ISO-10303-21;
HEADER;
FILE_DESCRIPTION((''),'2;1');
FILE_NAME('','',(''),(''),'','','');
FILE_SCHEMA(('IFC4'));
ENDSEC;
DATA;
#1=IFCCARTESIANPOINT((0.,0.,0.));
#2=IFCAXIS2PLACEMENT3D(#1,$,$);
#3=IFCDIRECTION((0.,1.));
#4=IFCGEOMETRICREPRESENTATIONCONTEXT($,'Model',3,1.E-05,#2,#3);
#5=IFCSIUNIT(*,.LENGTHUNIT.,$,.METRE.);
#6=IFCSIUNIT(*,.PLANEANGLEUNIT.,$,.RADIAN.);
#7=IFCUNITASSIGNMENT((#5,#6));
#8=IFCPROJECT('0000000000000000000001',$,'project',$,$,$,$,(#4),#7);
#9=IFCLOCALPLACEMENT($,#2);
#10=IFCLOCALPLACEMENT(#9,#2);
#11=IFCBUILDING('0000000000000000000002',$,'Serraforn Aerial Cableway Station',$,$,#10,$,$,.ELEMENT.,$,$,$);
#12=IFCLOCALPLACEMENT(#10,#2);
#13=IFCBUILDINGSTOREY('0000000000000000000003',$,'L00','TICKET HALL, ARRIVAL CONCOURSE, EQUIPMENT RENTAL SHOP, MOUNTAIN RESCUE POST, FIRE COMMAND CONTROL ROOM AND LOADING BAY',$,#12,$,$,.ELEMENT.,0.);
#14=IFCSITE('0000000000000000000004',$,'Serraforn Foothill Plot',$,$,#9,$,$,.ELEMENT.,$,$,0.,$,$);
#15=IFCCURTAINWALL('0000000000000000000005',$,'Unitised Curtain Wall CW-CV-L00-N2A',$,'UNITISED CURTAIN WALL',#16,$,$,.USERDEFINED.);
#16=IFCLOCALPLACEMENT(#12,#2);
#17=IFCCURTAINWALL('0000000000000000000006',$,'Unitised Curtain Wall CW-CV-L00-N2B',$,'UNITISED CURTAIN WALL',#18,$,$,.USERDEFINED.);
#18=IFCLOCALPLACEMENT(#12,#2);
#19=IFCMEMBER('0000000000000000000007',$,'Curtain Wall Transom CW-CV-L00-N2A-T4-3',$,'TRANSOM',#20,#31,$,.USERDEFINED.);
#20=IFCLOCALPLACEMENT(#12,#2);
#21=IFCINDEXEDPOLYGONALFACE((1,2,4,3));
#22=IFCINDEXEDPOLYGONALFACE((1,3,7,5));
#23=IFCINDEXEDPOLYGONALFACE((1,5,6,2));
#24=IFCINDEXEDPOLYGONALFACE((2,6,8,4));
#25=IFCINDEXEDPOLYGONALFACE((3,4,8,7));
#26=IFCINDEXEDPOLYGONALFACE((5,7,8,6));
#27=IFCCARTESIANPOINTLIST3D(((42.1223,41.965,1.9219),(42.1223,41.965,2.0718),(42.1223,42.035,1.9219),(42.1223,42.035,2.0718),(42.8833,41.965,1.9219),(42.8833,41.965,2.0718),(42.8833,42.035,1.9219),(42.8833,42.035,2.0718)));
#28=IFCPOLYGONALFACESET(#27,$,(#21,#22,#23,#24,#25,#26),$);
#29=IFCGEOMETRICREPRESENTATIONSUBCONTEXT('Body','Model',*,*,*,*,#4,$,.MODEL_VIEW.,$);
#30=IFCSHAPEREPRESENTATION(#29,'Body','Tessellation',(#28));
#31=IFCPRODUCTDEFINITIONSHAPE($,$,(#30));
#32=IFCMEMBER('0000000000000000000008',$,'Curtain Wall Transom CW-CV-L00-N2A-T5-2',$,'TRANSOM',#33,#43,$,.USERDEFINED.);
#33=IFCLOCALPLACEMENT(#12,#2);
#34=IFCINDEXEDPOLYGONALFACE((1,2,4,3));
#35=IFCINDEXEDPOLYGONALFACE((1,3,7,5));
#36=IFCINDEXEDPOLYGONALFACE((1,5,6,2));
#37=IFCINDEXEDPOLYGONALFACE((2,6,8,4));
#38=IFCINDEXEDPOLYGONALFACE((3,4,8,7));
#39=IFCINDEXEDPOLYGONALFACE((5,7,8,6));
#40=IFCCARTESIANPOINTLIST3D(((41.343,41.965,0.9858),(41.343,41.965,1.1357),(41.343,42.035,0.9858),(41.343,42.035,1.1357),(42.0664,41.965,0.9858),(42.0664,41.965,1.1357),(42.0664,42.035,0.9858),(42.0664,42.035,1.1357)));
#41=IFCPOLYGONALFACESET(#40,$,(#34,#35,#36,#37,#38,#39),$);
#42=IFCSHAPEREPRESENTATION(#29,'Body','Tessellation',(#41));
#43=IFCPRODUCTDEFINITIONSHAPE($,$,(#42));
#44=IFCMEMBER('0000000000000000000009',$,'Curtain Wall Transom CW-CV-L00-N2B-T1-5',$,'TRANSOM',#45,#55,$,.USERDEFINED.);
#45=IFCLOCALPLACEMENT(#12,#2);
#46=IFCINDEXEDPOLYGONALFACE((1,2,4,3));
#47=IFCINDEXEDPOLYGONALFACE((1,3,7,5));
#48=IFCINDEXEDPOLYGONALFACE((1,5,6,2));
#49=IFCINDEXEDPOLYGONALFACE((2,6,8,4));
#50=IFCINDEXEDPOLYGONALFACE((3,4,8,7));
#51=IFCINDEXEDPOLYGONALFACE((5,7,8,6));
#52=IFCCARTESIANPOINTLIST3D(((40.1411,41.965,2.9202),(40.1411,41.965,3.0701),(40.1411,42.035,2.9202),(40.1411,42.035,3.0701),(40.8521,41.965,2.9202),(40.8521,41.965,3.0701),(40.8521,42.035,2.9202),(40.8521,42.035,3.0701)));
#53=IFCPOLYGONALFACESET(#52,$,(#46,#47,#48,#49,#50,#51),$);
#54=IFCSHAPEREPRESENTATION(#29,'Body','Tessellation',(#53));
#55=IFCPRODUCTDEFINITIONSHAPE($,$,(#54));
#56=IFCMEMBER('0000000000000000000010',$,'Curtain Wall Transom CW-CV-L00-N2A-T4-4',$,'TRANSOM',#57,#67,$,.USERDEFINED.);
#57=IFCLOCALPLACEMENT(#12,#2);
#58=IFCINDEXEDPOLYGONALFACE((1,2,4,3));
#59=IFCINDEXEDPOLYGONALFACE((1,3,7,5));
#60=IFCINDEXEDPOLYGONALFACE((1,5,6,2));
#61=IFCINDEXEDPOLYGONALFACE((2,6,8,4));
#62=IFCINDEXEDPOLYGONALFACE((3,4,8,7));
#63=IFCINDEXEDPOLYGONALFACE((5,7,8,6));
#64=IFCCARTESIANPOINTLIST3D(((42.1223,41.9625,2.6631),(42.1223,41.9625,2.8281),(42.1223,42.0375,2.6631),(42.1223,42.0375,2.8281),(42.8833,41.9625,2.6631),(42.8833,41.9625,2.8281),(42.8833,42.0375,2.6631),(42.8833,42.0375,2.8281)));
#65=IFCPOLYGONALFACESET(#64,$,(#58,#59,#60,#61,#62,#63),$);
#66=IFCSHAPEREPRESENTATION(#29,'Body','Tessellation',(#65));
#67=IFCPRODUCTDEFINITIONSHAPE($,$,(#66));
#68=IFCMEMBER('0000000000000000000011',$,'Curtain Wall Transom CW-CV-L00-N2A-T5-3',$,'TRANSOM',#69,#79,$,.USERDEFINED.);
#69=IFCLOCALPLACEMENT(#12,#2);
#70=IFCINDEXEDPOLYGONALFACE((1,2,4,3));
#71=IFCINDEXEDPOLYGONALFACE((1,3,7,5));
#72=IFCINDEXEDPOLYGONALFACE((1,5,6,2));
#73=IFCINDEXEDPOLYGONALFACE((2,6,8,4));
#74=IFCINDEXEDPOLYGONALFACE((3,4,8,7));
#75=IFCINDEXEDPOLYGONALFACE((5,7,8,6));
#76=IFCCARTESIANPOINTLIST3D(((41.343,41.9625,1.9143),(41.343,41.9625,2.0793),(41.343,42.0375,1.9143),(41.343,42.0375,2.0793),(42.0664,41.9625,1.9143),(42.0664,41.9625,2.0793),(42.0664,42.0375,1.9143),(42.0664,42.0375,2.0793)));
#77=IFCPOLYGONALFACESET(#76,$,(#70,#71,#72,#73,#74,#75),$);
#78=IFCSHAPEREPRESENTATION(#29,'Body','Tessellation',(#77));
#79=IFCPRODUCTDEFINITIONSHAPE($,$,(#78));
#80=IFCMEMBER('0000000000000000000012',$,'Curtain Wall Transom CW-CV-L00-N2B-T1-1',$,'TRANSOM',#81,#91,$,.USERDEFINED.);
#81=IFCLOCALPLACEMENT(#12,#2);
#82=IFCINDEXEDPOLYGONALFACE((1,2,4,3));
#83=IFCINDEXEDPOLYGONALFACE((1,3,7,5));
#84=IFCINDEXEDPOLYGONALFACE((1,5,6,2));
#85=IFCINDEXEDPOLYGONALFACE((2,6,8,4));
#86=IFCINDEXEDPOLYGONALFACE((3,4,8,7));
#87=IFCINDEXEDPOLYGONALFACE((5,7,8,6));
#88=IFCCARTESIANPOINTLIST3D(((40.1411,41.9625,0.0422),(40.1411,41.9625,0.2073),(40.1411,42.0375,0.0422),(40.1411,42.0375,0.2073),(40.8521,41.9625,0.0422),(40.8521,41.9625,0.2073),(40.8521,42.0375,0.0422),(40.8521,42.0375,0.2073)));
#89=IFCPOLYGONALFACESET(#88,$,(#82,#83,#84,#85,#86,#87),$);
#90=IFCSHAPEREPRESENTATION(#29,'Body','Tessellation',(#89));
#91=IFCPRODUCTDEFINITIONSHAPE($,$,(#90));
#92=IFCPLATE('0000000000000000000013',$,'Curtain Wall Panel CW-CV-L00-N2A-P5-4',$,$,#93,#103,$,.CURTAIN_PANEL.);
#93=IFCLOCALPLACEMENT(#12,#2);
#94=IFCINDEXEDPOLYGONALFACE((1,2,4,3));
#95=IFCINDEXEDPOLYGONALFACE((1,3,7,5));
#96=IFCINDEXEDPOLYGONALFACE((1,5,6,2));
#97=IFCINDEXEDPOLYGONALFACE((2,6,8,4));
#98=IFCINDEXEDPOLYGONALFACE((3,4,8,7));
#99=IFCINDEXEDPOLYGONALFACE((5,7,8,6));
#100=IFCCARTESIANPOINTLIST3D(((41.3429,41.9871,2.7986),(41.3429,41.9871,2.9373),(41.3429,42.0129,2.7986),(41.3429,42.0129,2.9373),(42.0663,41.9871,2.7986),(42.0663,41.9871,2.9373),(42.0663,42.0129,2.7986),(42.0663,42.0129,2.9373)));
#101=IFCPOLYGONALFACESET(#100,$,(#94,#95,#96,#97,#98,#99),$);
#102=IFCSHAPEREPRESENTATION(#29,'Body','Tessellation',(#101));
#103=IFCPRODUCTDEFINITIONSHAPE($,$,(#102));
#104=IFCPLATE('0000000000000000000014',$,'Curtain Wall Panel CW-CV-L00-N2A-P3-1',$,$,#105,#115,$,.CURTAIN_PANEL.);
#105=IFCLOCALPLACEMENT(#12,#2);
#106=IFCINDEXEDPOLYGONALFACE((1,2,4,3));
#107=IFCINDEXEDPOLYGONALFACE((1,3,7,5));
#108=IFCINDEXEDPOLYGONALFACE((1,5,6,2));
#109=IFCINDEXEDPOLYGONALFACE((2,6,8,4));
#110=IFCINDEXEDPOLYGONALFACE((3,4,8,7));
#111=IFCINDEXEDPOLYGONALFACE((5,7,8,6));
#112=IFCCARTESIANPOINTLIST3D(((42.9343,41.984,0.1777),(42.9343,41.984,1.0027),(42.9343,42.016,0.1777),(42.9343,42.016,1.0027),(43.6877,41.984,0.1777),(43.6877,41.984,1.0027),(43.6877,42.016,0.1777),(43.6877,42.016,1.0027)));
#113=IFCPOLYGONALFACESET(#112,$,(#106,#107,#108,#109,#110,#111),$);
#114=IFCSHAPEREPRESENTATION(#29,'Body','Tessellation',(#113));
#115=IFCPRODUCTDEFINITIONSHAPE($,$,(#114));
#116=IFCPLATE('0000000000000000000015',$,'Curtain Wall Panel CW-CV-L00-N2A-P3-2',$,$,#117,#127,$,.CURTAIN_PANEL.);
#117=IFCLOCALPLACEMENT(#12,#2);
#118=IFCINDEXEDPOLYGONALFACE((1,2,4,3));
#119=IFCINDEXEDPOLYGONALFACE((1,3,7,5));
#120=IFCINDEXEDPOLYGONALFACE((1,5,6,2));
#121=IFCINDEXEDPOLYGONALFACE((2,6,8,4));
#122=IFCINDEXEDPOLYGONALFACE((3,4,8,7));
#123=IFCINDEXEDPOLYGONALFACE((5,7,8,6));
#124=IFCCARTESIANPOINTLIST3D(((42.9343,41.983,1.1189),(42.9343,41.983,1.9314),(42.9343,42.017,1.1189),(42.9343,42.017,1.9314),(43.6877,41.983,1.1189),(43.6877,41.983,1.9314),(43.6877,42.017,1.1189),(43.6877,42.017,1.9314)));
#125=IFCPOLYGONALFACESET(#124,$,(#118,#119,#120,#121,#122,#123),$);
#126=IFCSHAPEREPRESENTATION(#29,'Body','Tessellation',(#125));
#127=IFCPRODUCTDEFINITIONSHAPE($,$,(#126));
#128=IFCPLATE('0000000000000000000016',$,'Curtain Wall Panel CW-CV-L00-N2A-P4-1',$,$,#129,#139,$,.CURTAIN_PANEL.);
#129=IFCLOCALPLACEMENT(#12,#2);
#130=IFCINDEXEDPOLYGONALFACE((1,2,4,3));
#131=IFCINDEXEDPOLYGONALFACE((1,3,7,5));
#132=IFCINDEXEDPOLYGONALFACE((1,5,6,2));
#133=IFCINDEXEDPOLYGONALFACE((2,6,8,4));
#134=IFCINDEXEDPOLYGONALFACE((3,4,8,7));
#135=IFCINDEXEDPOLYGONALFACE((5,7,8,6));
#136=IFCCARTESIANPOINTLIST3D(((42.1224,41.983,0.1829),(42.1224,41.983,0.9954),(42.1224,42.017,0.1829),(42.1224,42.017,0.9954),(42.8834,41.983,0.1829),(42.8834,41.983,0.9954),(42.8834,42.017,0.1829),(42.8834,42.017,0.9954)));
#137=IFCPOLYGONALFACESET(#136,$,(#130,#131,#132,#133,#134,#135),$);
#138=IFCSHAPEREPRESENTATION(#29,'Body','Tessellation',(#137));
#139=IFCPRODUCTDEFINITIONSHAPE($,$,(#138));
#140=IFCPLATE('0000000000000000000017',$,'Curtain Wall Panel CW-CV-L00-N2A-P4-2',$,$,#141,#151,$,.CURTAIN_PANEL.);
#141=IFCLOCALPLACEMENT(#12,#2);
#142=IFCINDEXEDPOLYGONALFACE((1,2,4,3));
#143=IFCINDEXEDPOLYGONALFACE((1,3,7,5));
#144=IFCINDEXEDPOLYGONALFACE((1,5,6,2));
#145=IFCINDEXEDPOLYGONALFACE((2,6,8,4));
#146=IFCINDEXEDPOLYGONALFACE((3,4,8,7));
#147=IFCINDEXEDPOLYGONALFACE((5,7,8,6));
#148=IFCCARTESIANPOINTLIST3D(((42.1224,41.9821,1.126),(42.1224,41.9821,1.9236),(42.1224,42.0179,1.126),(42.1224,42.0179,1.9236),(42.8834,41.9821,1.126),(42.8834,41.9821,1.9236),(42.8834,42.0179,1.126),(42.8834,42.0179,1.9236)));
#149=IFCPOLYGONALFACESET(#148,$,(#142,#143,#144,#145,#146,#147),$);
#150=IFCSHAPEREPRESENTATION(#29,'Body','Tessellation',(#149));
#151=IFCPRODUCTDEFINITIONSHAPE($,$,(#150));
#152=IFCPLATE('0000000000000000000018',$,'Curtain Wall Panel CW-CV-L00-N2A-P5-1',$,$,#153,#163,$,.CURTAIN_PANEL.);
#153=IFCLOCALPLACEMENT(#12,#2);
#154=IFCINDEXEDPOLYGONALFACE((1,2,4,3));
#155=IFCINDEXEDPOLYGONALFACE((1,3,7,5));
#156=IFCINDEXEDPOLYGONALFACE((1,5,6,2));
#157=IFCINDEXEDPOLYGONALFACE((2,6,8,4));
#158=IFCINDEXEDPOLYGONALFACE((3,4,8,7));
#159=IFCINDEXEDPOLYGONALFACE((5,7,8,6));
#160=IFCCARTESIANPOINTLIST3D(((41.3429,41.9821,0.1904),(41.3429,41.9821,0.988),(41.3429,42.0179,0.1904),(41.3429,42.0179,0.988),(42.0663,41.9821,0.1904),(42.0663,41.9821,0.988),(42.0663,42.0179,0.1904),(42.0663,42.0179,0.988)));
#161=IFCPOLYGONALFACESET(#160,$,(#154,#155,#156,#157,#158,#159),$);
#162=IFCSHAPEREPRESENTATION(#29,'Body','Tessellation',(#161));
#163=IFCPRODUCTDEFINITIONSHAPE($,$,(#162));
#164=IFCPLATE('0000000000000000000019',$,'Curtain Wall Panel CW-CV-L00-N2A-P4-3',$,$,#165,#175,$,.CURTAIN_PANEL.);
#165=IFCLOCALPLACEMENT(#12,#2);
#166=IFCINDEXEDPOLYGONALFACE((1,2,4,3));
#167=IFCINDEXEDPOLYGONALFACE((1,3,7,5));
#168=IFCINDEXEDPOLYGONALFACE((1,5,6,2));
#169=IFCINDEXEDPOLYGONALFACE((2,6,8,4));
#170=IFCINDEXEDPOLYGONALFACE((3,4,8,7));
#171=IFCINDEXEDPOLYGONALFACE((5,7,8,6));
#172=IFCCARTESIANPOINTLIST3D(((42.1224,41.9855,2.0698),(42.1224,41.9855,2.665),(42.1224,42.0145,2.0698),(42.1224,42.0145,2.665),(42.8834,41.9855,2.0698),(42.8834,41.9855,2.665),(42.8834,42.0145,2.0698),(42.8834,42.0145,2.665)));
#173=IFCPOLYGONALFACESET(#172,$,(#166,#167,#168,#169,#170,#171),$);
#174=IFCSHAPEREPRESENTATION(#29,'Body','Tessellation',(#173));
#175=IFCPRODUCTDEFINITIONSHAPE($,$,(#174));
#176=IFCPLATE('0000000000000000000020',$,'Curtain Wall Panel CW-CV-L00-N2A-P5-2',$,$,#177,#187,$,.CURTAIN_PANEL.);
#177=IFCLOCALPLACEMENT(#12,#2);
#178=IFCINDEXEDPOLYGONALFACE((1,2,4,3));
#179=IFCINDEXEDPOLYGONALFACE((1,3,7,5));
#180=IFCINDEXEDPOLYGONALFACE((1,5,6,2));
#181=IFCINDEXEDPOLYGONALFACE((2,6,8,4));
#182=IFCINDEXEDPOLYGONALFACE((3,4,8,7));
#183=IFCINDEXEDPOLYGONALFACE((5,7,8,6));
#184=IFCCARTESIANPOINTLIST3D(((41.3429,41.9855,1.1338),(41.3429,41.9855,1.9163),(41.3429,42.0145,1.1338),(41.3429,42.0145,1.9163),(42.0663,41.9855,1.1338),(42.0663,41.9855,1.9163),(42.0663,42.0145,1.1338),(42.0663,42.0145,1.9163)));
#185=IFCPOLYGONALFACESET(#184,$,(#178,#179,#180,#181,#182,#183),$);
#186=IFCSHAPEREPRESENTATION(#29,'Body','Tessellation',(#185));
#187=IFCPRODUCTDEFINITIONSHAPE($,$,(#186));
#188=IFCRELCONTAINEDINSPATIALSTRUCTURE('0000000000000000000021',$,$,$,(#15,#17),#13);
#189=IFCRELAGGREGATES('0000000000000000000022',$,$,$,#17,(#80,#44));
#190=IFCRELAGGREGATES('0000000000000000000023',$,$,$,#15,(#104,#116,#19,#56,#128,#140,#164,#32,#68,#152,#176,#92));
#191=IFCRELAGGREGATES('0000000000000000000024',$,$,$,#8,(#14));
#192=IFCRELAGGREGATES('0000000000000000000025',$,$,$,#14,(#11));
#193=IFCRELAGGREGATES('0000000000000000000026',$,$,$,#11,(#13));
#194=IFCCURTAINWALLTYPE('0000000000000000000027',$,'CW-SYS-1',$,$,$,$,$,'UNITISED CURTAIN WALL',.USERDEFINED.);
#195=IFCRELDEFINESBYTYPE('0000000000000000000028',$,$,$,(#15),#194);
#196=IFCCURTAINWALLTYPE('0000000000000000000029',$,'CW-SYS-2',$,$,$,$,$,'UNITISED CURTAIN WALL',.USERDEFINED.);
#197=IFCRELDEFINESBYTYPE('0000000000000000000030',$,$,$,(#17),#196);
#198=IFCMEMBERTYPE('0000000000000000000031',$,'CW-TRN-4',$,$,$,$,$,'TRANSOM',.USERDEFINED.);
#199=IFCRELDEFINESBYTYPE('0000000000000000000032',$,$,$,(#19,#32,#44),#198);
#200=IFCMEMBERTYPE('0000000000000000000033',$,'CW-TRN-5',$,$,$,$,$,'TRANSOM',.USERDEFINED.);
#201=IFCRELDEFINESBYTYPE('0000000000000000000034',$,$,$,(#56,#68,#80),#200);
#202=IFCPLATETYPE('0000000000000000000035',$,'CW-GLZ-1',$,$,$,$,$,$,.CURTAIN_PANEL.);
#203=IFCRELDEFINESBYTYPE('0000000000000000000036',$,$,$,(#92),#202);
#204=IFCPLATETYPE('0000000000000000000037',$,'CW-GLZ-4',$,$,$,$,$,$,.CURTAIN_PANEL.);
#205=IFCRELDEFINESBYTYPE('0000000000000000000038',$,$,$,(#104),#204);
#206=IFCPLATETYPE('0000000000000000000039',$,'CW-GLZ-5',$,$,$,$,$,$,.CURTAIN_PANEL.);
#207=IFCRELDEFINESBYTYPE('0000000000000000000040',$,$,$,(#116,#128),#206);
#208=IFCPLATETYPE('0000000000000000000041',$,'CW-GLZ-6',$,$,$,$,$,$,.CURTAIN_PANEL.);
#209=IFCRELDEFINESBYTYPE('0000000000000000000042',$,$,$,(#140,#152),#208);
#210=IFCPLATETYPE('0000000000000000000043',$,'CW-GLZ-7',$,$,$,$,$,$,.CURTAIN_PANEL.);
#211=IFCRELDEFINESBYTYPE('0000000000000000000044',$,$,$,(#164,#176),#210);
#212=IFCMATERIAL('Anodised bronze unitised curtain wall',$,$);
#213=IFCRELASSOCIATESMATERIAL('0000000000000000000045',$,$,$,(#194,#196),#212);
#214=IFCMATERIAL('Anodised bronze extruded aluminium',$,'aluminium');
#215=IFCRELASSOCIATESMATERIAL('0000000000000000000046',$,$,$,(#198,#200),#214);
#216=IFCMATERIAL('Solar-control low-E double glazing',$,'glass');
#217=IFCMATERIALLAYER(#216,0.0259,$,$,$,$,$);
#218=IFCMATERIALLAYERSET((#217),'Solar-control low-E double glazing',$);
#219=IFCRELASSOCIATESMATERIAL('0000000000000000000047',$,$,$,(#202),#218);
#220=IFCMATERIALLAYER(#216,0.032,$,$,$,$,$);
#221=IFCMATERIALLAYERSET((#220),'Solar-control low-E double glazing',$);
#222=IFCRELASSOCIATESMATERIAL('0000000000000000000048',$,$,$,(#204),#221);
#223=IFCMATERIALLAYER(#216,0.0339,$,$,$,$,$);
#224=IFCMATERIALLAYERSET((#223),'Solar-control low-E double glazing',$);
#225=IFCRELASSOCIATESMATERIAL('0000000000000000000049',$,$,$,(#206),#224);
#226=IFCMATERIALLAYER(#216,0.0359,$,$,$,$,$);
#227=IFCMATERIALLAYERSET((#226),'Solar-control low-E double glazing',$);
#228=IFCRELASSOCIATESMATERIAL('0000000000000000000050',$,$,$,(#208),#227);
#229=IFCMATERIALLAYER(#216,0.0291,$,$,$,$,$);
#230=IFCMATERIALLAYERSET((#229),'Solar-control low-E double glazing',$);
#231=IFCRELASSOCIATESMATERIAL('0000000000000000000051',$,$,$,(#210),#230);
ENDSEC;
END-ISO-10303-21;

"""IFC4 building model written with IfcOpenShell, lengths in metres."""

from ifc_helpers import new_model, si_unit, direction, frame, origin, origin_2d, place, context, subcontext, project, spatial, rectangle, extrude, material, layer, layer_set, material_profile, profile_set, type_object, element, aggregate, save


model = new_model("IFC4")

# Units and contexts
model_context = context("Model", 3, precision=1e-05, world=origin(), true_north=direction((0.0, 1.0)))
body_context = subcontext(model_context, "Body", "Model", "MODEL_VIEW")
ifc_project = project(units=[si_unit("LENGTHUNIT", "METRE"), si_unit("PLANEANGLEUNIT", "RADIAN")], contexts=[model_context])

# Site, building, storey
site_placement = place(None, origin())
site = spatial("IfcSite", under=ifc_project, at=site_placement, Name="Serraforn Foothill Plot", CompositionType="ELEMENT", RefElevation=0.0)
building_placement = place(site_placement, origin())
building = spatial("IfcBuilding", under=site, at=building_placement, Name="Serraforn Aerial Cableway Station", CompositionType="ELEMENT")
storey_placement = place(building_placement, origin())
storey = spatial("IfcBuildingStorey", under=building, at=storey_placement, Name="L00", Description="TICKET HALL, ARRIVAL CONCOURSE, EQUIPMENT RENTAL SHOP, MOUNTAIN RESCUE POST, FIRE COMMAND CONTROL ROOM AND LOADING BAY", CompositionType="ELEMENT", Elevation=0.0)

# Curtain wall
ifc_material_1 = material(Name="Anodised bronze unitised curtain wall")
curtain_wall_type_1 = type_object("IfcCurtainWallType", Name="CW-SYS-1", ElementType="UNITISED CURTAIN WALL", PredefinedType="USERDEFINED", material=ifc_material_1)
curtain_wall_1_placement = place(storey_placement, origin())
curtain_wall_1 = element("IfcCurtainWall", 1, at=curtain_wall_1_placement, inside=storey, type_object=curtain_wall_type_1, Name="Unitised Curtain Wall CW-CV-L00-N2A", ObjectType="UNITISED CURTAIN WALL", PredefinedType="USERDEFINED")
ifc_material_2 = material(Name="Anodised bronze extruded aluminium", Category="aluminium")

# Curtain wall
curtain_wall_type_2 = type_object("IfcCurtainWallType", Name="CW-SYS-2", ElementType="UNITISED CURTAIN WALL", PredefinedType="USERDEFINED", material=ifc_material_1)
curtain_wall_2_placement = place(storey_placement, origin())
curtain_wall_2 = element("IfcCurtainWall", 2, at=curtain_wall_2_placement, inside=storey, type_object=curtain_wall_type_2, Name="Unitised Curtain Wall CW-CV-L00-N2B", ObjectType="UNITISED CURTAIN WALL", PredefinedType="USERDEFINED")

# Members
ifc_material_profile_1 = material_profile(ifc_material_2, rectangle(XDim=0.0701, YDim=0.1499, at=origin_2d()), Name="CW TRANSOM 70x150")
ifc_profile_set_1 = profile_set([ifc_material_profile_1], Name="Anodised bronze extruded aluminium")
member_type_1 = type_object("IfcMemberType", Name="CW-TRN-4", ElementType="TRANSOM", PredefinedType="USERDEFINED", material=ifc_profile_set_1)
member_1_placement = place(storey_placement, frame((42.8833, 42.0, 1.9968), z_axis=(-1.0, 0.0, 0.0), x_axis=(0.0, -1.0, 0.0)))
member_1 = element("IfcMember", 3, at=member_1_placement, type_object=member_type_1, Name="Curtain Wall Transom CW-CV-L00-N2A-T4-3", ObjectType="TRANSOM", PredefinedType="USERDEFINED", context=body_context, shape_type="SweptSolid", body=[
    extrude(rectangle(XDim=0.0701, YDim=0.1499, at=origin_2d()), origin(), (0.0, 0.0, 1.0), 0.761),
])
member_2_placement = place(storey_placement, frame((42.0664, 42.0, 1.0608), z_axis=(-1.0, 0.0, 0.0), x_axis=(0.0, -1.0, 0.0)))
member_2 = element("IfcMember", 4, at=member_2_placement, type_object=member_type_1, Name="Curtain Wall Transom CW-CV-L00-N2A-T5-2", ObjectType="TRANSOM", PredefinedType="USERDEFINED", context=body_context, shape_type="SweptSolid", body=[
    extrude(rectangle(XDim=0.0701, YDim=0.1499, at=origin_2d()), origin(), (0.0, 0.0, 1.0), 0.7234),
])
member_3_placement = place(storey_placement, frame((40.8521, 42.0, 2.9951), z_axis=(-1.0, 0.0, 0.0), x_axis=(0.0, -1.0, 0.0)))
member_3 = element("IfcMember", 5, at=member_3_placement, type_object=member_type_1, Name="Curtain Wall Transom CW-CV-L00-N2B-T1-5", ObjectType="TRANSOM", PredefinedType="USERDEFINED", context=body_context, shape_type="SweptSolid", body=[
    extrude(rectangle(XDim=0.0701, YDim=0.1499, at=origin_2d()), origin(), (0.0, 0.0, 1.0), 0.7109),
])
ifc_material_profile_2 = material_profile(ifc_material_2, rectangle(XDim=0.075, YDim=0.165, at=origin_2d()), Name="CW TRANSOM 75x165")
ifc_profile_set_2 = profile_set([ifc_material_profile_2], Name="Anodised bronze extruded aluminium")
member_type_2 = type_object("IfcMemberType", Name="CW-TRN-5", ElementType="TRANSOM", PredefinedType="USERDEFINED", material=ifc_profile_set_2)
member_4_placement = place(storey_placement, frame((42.8833, 42.0, 2.7456), z_axis=(-1.0, 0.0, 0.0), x_axis=(0.0, -1.0, 0.0)))
member_4 = element("IfcMember", 6, at=member_4_placement, type_object=member_type_2, Name="Curtain Wall Transom CW-CV-L00-N2A-T4-4", ObjectType="TRANSOM", PredefinedType="USERDEFINED", context=body_context, shape_type="SweptSolid", body=[
    extrude(rectangle(XDim=0.075, YDim=0.165, at=origin_2d()), origin(), (0.0, 0.0, 1.0), 0.761),
])
member_5_placement = place(storey_placement, frame((42.0664, 42.0, 1.9968), z_axis=(-1.0, 0.0, 0.0), x_axis=(0.0, -1.0, 0.0)))
member_5 = element("IfcMember", 7, at=member_5_placement, type_object=member_type_2, Name="Curtain Wall Transom CW-CV-L00-N2A-T5-3", ObjectType="TRANSOM", PredefinedType="USERDEFINED", context=body_context, shape_type="SweptSolid", body=[
    extrude(rectangle(XDim=0.075, YDim=0.165, at=origin_2d()), origin(), (0.0, 0.0, 1.0), 0.7234),
])
member_6_placement = place(storey_placement, frame((40.8521, 42.0, 0.1248), z_axis=(-1.0, 0.0, 0.0), x_axis=(0.0, -1.0, 0.0)))
member_6 = element("IfcMember", 8, at=member_6_placement, type_object=member_type_2, Name="Curtain Wall Transom CW-CV-L00-N2B-T1-1", ObjectType="TRANSOM", PredefinedType="USERDEFINED", context=body_context, shape_type="SweptSolid", body=[
    extrude(rectangle(XDim=0.075, YDim=0.165, at=origin_2d()), origin(), (0.0, 0.0, 1.0), 0.7109),
])
aggregate(curtain_wall_2, [member_6, member_3])

# Plates
ifc_material_3 = material(Name="Solar-control low-E double glazing", Category="glass")
ifc_layer_1 = layer(ifc_material_3, 0.0259)
ifc_layer_set_1 = layer_set([ifc_layer_1], Name="Solar-control low-E double glazing")
plate_type_1 = type_object("IfcPlateType", Name="CW-GLZ-1", PredefinedType="CURTAIN_PANEL", material=ifc_layer_set_1)
plate_1_placement = place(storey_placement, frame((41.7046, 42.0, 2.7986), z_axis=(0.0, 0.0, 1.0), x_axis=(1.0, 0.0, 0.0)))
plate_1 = element("IfcPlate", 9, at=plate_1_placement, type_object=plate_type_1, Name="Curtain Wall Panel CW-CV-L00-N2A-P5-4", PredefinedType="CURTAIN_PANEL", context=body_context, shape_type="SweptSolid", body=[
    extrude(rectangle(XDim=0.7234, YDim=0.0259, at=origin_2d()), origin(), (0.0, 0.0, 1.0), 0.1387),
])
ifc_layer_2 = layer(ifc_material_3, 0.032)
ifc_layer_set_2 = layer_set([ifc_layer_2], Name="Solar-control low-E double glazing")
plate_type_2 = type_object("IfcPlateType", Name="CW-GLZ-4", PredefinedType="CURTAIN_PANEL", material=ifc_layer_set_2)
plate_2_placement = place(storey_placement, frame((43.311, 42.0, 0.1777), z_axis=(0.0, 0.0, 1.0), x_axis=(1.0, 0.0, 0.0)))
plate_2 = element("IfcPlate", 10, at=plate_2_placement, type_object=plate_type_2, Name="Curtain Wall Panel CW-CV-L00-N2A-P3-1", PredefinedType="CURTAIN_PANEL", context=body_context, shape_type="SweptSolid", body=[
    extrude(rectangle(XDim=0.7534, YDim=0.032, at=origin_2d()), origin(), (0.0, 0.0, 1.0), 0.825),
])
ifc_layer_3 = layer(ifc_material_3, 0.0339)
ifc_layer_set_3 = layer_set([ifc_layer_3], Name="Solar-control low-E double glazing")
plate_type_3 = type_object("IfcPlateType", Name="CW-GLZ-5", PredefinedType="CURTAIN_PANEL", material=ifc_layer_set_3)
plate_3_placement = place(storey_placement, frame((43.311, 42.0, 1.1189), z_axis=(0.0, 0.0, 1.0), x_axis=(1.0, 0.0, 0.0)))
plate_3 = element("IfcPlate", 11, at=plate_3_placement, type_object=plate_type_3, Name="Curtain Wall Panel CW-CV-L00-N2A-P3-2", PredefinedType="CURTAIN_PANEL", context=body_context, shape_type="SweptSolid", body=[
    extrude(rectangle(XDim=0.7534, YDim=0.0339, at=origin_2d()), origin(), (0.0, 0.0, 1.0), 0.8125),
])
plate_4_placement = place(storey_placement, frame((42.5029, 42.0, 0.1829), z_axis=(0.0, 0.0, 1.0), x_axis=(1.0, 0.0, 0.0)))
plate_4 = element("IfcPlate", 12, at=plate_4_placement, type_object=plate_type_3, Name="Curtain Wall Panel CW-CV-L00-N2A-P4-1", PredefinedType="CURTAIN_PANEL", context=body_context, shape_type="SweptSolid", body=[
    extrude(rectangle(XDim=0.761, YDim=0.0339, at=origin_2d()), origin(), (0.0, 0.0, 1.0), 0.8125),
])
ifc_layer_4 = layer(ifc_material_3, 0.0359)
ifc_layer_set_4 = layer_set([ifc_layer_4], Name="Solar-control low-E double glazing")
plate_type_4 = type_object("IfcPlateType", Name="CW-GLZ-6", PredefinedType="CURTAIN_PANEL", material=ifc_layer_set_4)
plate_5_placement = place(storey_placement, frame((42.5029, 42.0, 1.126), z_axis=(0.0, 0.0, 1.0), x_axis=(1.0, 0.0, 0.0)))
plate_5 = element("IfcPlate", 13, at=plate_5_placement, type_object=plate_type_4, Name="Curtain Wall Panel CW-CV-L00-N2A-P4-2", PredefinedType="CURTAIN_PANEL", context=body_context, shape_type="SweptSolid", body=[
    extrude(rectangle(XDim=0.761, YDim=0.0359, at=origin_2d()), origin(), (0.0, 0.0, 1.0), 0.7976),
])
plate_6_placement = place(storey_placement, frame((41.7046, 42.0, 0.1904), z_axis=(0.0, 0.0, 1.0), x_axis=(1.0, 0.0, 0.0)))
plate_6 = element("IfcPlate", 14, at=plate_6_placement, type_object=plate_type_4, Name="Curtain Wall Panel CW-CV-L00-N2A-P5-1", PredefinedType="CURTAIN_PANEL", context=body_context, shape_type="SweptSolid", body=[
    extrude(rectangle(XDim=0.7234, YDim=0.0359, at=origin_2d()), origin(), (0.0, 0.0, 1.0), 0.7976),
])
ifc_layer_5 = layer(ifc_material_3, 0.0291)
ifc_layer_set_5 = layer_set([ifc_layer_5], Name="Solar-control low-E double glazing")
plate_type_5 = type_object("IfcPlateType", Name="CW-GLZ-7", PredefinedType="CURTAIN_PANEL", material=ifc_layer_set_5)
plate_7_placement = place(storey_placement, frame((42.5029, 42.0, 2.0698), z_axis=(0.0, 0.0, 1.0), x_axis=(1.0, 0.0, 0.0)))
plate_7 = element("IfcPlate", 15, at=plate_7_placement, type_object=plate_type_5, Name="Curtain Wall Panel CW-CV-L00-N2A-P4-3", PredefinedType="CURTAIN_PANEL", context=body_context, shape_type="SweptSolid", body=[
    extrude(rectangle(XDim=0.761, YDim=0.0291, at=origin_2d()), origin(), (0.0, 0.0, 1.0), 0.5952),
])
plate_8_placement = place(storey_placement, frame((41.7046, 42.0, 1.1338), z_axis=(0.0, 0.0, 1.0), x_axis=(1.0, 0.0, 0.0)))
plate_8 = element("IfcPlate", 16, at=plate_8_placement, type_object=plate_type_5, Name="Curtain Wall Panel CW-CV-L00-N2A-P5-2", PredefinedType="CURTAIN_PANEL", context=body_context, shape_type="SweptSolid", body=[
    extrude(rectangle(XDim=0.7234, YDim=0.0291, at=origin_2d()), origin(), (0.0, 0.0, 1.0), 0.7825),
])
aggregate(curtain_wall_1, [plate_2, plate_3, member_1, member_4, plate_4, plate_5, plate_7, member_2, member_5, plate_6, plate_8, plate_1])

save(model, "model.ifc")
